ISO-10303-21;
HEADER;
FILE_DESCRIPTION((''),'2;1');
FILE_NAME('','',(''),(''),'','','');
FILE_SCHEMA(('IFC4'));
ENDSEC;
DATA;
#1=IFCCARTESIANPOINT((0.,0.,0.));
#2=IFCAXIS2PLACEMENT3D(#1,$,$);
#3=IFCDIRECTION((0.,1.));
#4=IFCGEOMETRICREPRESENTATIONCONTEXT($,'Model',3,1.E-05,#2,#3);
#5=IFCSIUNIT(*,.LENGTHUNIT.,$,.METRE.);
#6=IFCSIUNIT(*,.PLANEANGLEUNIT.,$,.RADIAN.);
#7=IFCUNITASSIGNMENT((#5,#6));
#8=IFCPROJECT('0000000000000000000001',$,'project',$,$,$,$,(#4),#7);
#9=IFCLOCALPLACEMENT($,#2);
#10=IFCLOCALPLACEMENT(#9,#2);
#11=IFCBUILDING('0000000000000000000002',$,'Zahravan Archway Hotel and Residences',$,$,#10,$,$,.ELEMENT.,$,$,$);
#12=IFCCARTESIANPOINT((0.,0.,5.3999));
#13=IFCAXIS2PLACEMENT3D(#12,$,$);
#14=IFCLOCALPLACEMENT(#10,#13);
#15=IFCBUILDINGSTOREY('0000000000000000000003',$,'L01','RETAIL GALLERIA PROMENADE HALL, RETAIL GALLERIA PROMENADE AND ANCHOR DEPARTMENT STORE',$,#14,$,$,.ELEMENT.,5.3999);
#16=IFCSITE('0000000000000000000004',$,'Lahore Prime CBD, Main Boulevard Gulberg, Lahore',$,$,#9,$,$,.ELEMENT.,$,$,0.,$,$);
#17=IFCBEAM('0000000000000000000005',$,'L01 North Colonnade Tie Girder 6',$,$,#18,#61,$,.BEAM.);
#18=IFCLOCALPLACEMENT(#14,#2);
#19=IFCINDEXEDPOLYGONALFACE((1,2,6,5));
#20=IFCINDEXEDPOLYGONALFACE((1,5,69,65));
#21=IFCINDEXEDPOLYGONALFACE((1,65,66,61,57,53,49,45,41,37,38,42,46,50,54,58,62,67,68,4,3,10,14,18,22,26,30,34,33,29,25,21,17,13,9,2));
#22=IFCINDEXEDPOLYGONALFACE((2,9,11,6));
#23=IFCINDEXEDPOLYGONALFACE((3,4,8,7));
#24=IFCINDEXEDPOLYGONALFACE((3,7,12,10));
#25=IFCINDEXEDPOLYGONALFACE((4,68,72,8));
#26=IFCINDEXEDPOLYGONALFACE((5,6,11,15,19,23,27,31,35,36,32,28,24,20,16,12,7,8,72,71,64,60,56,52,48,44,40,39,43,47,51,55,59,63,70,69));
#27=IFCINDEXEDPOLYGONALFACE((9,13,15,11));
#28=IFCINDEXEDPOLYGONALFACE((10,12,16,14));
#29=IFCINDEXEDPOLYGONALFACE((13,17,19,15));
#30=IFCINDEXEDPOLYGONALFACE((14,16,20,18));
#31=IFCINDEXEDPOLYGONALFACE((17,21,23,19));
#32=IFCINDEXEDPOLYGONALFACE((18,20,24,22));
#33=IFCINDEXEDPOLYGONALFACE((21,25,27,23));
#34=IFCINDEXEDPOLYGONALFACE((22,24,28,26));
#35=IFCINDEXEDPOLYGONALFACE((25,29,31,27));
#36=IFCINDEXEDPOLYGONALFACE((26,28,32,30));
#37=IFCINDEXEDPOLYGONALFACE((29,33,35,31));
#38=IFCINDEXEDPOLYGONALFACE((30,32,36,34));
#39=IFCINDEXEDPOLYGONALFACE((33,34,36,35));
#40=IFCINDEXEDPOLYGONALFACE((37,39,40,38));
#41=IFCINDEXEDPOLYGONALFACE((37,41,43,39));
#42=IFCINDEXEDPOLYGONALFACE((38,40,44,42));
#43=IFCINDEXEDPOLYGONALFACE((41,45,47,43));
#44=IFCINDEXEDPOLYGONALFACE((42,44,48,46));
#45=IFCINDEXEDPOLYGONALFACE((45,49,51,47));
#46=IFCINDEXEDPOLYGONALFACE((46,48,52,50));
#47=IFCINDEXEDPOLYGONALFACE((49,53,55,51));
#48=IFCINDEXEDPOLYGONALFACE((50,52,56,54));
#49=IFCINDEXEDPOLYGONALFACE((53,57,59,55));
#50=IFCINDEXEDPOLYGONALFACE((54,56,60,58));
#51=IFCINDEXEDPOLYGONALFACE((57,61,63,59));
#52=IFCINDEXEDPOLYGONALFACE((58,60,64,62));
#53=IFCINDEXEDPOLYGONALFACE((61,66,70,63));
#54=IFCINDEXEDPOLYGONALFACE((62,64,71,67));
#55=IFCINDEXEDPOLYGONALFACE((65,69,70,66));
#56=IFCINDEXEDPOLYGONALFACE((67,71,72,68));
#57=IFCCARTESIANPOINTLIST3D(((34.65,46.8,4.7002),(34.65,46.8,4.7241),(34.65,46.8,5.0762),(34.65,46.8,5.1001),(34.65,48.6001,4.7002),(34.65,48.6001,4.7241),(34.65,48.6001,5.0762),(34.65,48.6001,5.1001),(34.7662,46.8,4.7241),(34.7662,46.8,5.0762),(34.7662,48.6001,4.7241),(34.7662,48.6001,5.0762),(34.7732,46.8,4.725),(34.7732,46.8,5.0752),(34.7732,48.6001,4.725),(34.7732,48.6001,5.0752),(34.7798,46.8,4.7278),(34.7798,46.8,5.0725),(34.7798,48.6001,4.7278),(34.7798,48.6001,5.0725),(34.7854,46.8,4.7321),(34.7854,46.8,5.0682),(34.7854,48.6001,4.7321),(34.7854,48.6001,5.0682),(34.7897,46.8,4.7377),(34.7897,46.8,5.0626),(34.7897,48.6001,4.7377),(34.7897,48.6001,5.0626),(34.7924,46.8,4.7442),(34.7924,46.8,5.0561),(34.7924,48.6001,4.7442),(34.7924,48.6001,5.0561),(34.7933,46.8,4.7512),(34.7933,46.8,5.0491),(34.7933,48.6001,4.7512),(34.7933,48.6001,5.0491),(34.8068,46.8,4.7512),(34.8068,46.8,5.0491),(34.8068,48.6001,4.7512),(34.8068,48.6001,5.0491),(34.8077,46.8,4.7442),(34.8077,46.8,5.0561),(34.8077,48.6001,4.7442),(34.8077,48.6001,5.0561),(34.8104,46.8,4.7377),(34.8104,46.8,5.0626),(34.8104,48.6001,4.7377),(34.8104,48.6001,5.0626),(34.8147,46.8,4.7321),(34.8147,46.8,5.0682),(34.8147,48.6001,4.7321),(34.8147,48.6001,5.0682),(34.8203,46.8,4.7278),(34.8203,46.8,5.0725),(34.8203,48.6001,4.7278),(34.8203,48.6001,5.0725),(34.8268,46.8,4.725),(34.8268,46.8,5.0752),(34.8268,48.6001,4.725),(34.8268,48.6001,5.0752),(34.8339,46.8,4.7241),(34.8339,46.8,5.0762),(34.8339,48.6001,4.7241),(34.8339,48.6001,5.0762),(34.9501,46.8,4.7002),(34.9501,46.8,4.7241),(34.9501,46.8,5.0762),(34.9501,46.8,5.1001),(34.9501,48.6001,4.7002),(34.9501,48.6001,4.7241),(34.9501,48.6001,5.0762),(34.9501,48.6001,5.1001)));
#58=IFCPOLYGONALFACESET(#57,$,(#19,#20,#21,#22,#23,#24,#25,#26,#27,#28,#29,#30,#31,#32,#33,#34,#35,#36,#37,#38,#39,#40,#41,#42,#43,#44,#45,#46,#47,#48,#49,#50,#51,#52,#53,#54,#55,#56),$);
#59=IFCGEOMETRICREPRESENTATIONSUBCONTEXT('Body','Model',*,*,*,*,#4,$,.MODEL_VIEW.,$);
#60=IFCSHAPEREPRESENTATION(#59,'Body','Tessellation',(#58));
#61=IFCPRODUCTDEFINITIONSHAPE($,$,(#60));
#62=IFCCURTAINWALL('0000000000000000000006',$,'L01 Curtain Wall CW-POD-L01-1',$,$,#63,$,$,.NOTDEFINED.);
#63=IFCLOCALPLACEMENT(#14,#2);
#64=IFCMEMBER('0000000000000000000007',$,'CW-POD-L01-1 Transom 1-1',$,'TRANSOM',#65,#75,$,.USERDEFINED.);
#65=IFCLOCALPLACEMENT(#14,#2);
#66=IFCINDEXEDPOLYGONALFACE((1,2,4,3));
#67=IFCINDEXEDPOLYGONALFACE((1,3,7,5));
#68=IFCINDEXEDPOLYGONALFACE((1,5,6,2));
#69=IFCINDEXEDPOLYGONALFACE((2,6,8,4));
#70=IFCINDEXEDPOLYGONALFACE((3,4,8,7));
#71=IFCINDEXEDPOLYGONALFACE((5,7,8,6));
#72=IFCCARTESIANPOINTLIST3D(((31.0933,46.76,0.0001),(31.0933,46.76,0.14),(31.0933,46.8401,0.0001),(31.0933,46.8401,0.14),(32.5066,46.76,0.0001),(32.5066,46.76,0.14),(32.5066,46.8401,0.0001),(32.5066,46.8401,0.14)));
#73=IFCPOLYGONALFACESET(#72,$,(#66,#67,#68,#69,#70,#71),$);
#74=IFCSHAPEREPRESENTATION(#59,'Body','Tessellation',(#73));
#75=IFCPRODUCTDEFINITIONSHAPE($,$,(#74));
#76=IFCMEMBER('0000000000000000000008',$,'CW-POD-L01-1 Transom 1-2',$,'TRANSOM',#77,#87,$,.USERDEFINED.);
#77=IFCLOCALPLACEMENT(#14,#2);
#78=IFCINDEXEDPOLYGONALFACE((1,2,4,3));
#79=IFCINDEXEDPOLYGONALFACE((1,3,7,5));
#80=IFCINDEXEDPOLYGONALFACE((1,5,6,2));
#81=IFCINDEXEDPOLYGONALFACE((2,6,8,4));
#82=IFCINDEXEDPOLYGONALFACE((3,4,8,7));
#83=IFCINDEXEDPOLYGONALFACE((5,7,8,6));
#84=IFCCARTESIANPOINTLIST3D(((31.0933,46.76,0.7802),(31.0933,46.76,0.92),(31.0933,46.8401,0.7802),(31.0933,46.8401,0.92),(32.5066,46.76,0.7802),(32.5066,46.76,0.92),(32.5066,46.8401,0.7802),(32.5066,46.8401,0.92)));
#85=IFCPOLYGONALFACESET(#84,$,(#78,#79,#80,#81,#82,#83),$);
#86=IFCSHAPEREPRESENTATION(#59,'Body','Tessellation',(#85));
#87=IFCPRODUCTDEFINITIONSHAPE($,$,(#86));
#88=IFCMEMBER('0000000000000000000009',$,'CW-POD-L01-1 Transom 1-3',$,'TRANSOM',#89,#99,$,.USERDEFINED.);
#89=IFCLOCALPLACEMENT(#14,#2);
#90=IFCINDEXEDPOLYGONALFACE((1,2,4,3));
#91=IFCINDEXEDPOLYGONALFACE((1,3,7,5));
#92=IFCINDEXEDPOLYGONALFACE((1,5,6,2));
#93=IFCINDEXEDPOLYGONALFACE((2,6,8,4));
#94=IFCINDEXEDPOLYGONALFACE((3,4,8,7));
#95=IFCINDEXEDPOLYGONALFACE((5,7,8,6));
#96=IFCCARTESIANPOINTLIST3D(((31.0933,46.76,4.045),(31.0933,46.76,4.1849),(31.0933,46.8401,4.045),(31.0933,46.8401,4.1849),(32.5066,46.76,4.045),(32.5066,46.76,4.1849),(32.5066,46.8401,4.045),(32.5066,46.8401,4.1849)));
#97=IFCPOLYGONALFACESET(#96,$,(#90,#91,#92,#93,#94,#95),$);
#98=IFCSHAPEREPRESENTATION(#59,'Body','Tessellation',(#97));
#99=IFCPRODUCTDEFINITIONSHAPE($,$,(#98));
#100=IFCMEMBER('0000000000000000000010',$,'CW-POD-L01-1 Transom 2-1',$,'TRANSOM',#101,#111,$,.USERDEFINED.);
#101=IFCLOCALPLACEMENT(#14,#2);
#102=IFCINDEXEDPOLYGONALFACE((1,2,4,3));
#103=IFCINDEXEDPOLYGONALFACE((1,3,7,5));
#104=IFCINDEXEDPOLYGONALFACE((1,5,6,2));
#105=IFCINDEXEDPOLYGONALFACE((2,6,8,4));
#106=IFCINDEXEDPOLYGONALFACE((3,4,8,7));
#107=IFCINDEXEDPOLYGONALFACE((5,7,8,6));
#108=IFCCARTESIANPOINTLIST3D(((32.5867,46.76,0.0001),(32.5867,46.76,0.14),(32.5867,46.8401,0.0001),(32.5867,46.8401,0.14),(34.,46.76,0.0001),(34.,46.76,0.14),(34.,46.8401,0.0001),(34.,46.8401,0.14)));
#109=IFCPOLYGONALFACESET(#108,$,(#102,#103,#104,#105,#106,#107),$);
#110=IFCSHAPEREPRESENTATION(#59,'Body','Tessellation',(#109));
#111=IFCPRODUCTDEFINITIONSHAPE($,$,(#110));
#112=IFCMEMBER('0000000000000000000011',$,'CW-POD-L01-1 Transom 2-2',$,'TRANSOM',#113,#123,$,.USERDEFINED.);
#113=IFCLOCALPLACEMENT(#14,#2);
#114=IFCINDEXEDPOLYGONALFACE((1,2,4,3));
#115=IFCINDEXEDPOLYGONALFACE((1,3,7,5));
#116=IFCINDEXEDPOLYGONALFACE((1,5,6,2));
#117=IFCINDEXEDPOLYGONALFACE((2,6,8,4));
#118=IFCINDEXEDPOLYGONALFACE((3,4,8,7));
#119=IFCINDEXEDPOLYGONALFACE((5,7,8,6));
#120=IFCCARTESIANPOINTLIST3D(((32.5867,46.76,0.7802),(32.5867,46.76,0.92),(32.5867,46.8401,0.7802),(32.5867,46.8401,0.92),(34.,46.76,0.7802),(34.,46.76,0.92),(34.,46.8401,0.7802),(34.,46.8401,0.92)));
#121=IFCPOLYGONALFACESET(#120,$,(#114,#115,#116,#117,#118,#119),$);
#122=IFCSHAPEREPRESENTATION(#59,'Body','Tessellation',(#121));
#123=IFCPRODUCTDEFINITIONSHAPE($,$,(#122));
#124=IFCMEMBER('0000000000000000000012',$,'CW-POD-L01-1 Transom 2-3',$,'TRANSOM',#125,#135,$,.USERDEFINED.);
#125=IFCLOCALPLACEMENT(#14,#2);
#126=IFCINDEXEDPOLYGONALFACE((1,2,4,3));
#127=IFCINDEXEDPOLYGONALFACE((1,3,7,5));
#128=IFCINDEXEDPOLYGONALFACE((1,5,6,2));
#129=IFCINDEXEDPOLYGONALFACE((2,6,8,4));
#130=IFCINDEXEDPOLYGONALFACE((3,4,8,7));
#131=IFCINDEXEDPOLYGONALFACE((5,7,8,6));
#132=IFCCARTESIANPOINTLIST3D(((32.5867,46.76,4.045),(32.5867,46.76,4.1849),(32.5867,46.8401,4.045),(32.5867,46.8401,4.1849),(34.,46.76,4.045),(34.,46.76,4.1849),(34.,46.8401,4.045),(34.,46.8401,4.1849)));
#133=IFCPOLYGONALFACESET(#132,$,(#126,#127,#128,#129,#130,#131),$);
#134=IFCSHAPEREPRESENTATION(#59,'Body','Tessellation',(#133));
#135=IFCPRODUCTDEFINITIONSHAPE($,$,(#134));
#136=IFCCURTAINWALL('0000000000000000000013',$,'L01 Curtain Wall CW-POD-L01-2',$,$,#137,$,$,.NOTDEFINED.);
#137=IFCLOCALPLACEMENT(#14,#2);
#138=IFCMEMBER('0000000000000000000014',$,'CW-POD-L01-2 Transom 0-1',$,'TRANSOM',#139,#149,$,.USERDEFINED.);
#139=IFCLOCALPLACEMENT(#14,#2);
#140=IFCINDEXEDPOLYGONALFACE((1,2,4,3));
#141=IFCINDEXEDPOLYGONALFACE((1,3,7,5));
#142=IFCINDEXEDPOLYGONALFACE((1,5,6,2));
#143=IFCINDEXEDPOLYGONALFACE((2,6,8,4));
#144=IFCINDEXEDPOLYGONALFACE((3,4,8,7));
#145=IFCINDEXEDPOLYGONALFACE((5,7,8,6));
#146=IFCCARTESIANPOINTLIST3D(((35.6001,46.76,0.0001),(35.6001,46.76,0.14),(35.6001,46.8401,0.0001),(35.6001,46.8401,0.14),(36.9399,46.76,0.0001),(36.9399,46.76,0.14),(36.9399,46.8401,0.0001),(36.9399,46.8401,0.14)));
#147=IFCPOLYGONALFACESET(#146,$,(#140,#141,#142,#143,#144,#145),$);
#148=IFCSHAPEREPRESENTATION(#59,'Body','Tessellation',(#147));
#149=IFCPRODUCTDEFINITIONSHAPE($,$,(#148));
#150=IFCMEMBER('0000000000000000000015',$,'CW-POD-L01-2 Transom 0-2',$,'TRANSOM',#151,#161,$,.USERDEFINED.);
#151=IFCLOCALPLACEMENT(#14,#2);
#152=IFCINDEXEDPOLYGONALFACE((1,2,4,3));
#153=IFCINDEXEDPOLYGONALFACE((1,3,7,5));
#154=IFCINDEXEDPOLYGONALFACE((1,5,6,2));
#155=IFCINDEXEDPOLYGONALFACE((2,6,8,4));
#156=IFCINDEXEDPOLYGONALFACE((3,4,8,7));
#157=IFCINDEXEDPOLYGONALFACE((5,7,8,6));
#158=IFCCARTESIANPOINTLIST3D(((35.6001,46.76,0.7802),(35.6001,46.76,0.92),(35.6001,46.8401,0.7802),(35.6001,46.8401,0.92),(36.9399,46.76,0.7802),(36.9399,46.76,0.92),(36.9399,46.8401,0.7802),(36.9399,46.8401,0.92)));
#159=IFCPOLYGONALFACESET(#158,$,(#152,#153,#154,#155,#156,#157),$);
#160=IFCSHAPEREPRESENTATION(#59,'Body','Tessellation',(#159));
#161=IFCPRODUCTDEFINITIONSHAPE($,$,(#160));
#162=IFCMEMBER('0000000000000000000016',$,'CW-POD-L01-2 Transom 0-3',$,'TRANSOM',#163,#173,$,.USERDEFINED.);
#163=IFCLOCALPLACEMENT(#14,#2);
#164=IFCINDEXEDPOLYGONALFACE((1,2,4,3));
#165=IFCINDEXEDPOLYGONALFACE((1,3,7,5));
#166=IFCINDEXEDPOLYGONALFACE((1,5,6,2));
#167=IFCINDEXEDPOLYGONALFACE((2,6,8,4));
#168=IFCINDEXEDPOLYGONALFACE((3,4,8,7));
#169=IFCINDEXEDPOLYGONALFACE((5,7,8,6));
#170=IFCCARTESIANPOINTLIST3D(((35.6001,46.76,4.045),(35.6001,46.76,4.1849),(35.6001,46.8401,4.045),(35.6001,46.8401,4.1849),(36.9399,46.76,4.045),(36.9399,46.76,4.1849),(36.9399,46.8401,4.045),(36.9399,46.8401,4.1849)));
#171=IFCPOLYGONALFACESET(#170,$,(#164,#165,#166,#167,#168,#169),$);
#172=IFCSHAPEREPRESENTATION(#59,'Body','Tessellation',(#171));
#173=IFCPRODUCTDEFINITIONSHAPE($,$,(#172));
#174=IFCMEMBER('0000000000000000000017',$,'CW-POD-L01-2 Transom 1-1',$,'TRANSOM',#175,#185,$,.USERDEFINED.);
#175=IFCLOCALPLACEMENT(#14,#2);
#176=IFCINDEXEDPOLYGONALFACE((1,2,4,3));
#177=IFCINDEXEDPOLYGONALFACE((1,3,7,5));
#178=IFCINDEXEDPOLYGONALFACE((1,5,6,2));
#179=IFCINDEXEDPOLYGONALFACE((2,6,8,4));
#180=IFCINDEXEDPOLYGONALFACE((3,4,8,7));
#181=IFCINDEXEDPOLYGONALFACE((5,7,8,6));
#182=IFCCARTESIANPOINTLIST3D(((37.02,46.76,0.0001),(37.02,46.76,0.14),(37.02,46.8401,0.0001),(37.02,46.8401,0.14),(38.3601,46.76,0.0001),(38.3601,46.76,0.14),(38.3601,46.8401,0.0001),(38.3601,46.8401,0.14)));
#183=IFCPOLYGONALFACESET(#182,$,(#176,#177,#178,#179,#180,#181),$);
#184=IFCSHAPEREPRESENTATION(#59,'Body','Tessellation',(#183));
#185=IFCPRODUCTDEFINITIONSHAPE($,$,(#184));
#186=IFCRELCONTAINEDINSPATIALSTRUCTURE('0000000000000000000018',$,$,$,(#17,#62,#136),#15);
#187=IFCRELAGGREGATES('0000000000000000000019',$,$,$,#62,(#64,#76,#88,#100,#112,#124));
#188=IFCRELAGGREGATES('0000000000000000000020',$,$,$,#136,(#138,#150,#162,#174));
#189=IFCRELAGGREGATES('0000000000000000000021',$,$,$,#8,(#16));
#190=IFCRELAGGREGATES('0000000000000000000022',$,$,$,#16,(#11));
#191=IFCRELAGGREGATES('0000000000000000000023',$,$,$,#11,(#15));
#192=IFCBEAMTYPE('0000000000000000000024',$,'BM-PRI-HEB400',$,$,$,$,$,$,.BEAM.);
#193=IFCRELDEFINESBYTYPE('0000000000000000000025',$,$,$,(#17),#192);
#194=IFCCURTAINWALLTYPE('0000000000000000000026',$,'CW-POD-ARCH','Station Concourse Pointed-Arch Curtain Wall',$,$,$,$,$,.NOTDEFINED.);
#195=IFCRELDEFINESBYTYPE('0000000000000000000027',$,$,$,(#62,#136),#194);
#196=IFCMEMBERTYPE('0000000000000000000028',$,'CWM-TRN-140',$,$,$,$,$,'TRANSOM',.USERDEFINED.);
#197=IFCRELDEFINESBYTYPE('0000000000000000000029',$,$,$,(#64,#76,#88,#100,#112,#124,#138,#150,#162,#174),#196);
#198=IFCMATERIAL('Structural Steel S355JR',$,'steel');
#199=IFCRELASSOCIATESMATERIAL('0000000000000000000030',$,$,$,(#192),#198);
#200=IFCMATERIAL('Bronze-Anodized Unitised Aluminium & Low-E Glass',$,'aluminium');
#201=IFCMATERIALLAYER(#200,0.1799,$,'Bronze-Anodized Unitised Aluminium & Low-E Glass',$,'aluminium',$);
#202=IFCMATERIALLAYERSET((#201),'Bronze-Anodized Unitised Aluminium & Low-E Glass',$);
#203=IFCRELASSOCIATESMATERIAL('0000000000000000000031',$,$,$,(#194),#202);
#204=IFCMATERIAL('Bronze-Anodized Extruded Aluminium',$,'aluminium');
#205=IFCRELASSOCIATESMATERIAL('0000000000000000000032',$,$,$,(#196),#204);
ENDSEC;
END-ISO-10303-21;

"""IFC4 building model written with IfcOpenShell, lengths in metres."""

from ifc_helpers import new_model, si_unit, direction, frame, origin, origin_2d, place, context, subcontext, project, spatial, rectangle, i_section, extrude, source, transform, mapped, material, layer, layer_set, material_profile, profile_set, type_object, element, aggregate, save


model = new_model("IFC4")

# Units and contexts
model_context = context("Model", 3, precision=1e-05, world=origin(), true_north=direction((0.0, 1.0)))
body_context = subcontext(model_context, "Body", "Model", "MODEL_VIEW")
ifc_project = project(units=[si_unit("LENGTHUNIT", "METRE"), si_unit("PLANEANGLEUNIT", "RADIAN")], contexts=[model_context])

# Site, building, storey
site_placement = place(None, origin())
site = spatial("IfcSite", under=ifc_project, at=site_placement, Name="Lahore Prime CBD, Main Boulevard Gulberg, Lahore", CompositionType="ELEMENT", RefElevation=0.0)
building_placement = place(site_placement, origin())
building = spatial("IfcBuilding", under=site, at=building_placement, Name="Zahravan Archway Hotel and Residences", CompositionType="ELEMENT")
storey_placement = place(building_placement, frame((0.0, 0.0, 5.3999)))
storey = spatial("IfcBuildingStorey", under=building, at=storey_placement, Name="L01", Description="RETAIL GALLERIA PROMENADE HALL, RETAIL GALLERIA PROMENADE AND ANCHOR DEPARTMENT STORE", CompositionType="ELEMENT", Elevation=5.3999)

# Beam
ifc_material_1 = material(Name="Structural Steel S355JR", Category="steel")
ifc_material_profile_1 = material_profile(ifc_material_1, i_section(OverallWidth=0.3, OverallDepth=0.3999, WebThickness=0.0134, FlangeThickness=0.0239, FilletRadius=0.0271, at=origin_2d()), Name="HEB 400", Category="steel")
ifc_profile_set_1 = profile_set([ifc_material_profile_1], Name="Structural Steel S355JR")
beam_type_1 = type_object("IfcBeamType", Name="BM-PRI-HEB400", PredefinedType="BEAM", material=ifc_profile_set_1)
shared_shape_1 = source(origin(), body_context, "Body", "SweptSolid", [
    extrude(i_section(OverallWidth=0.3, OverallDepth=0.3999, WebThickness=0.0134, FlangeThickness=0.0239, FilletRadius=0.0271, at=origin_2d()), origin(), (0.0, 0.0, 1.0), 1.8),
])
beam_1_placement = place(storey_placement, frame((34.8, 46.8, 4.9001), z_axis=(0.0, 1.0, 0.0), x_axis=(-1.0, 0.0, 0.0)))
element("IfcBeam", 1, at=beam_1_placement, inside=storey, type_object=beam_type_1, Name="L01 North Colonnade Tie Girder 6", PredefinedType="BEAM", context=body_context, shape_type="MappedRepresentation", body=[
    mapped(shared_shape_1, transform((0.0, 0.0, 0.0), scale=1.0)),
])

# Curtain walls, members
ifc_material_2 = material(Name="Bronze-Anodized Unitised Aluminium & Low-E Glass", Category="aluminium")
ifc_layer_1 = layer(ifc_material_2, 0.1799, Name="Bronze-Anodized Unitised Aluminium & Low-E Glass", Category="aluminium")
ifc_layer_set_1 = layer_set([ifc_layer_1], Name="Bronze-Anodized Unitised Aluminium & Low-E Glass")
curtain_wall_type = type_object("IfcCurtainWallType", Name="CW-POD-ARCH", Description="Station Concourse Pointed-Arch Curtain Wall", PredefinedType="NOTDEFINED", material=ifc_layer_set_1)
curtain_wall_1_placement = place(storey_placement, origin())
curtain_wall_1 = element("IfcCurtainWall", 2, at=curtain_wall_1_placement, inside=storey, type_object=curtain_wall_type, Name="L01 Curtain Wall CW-POD-L01-1", PredefinedType="NOTDEFINED")
ifc_material_3 = material(Name="Bronze-Anodized Extruded Aluminium", Category="aluminium")
ifc_material_profile_2 = material_profile(ifc_material_3, rectangle(XDim=0.0801, YDim=0.1399, at=origin_2d()), Name="TRN 80x140", Category="aluminium")
ifc_profile_set_2 = profile_set([ifc_material_profile_2], Name="Bronze-Anodized Extruded Aluminium")
member_type_1 = type_object("IfcMemberType", Name="CWM-TRN-140", ElementType="TRANSOM", PredefinedType="USERDEFINED", material=ifc_profile_set_2)
shared_shape_2 = source(origin(), body_context, "Body", "SweptSolid", [
    extrude(rectangle(XDim=0.0801, YDim=0.1399, at=origin_2d()), origin(), (0.0, 0.0, 1.0), 1.4133),
])
member_1_placement = place(storey_placement, frame((31.0933, 46.8, 0.0701), z_axis=(1.0, 0.0, 0.0), x_axis=(0.0, 1.0, 0.0)))
member_1 = element("IfcMember", 3, at=member_1_placement, type_object=member_type_1, Name="CW-POD-L01-1 Transom 1-1", ObjectType="TRANSOM", PredefinedType="USERDEFINED", context=body_context, shape_type="MappedRepresentation", body=[
    mapped(shared_shape_2, transform((0.0, 0.0, 0.0), scale=1.0)),
])
member_2_placement = place(storey_placement, frame((31.0933, 46.8, 0.8501), z_axis=(1.0, 0.0, 0.0), x_axis=(0.0, 1.0, 0.0)))
member_2 = element("IfcMember", 4, at=member_2_placement, type_object=member_type_1, Name="CW-POD-L01-1 Transom 1-2", ObjectType="TRANSOM", PredefinedType="USERDEFINED", context=body_context, shape_type="MappedRepresentation", body=[
    mapped(shared_shape_2, transform((0.0, 0.0, 0.0), scale=1.0)),
])
member_3_placement = place(storey_placement, frame((31.0933, 46.8, 4.115), z_axis=(1.0, 0.0, 0.0), x_axis=(0.0, 1.0, 0.0)))
member_3 = element("IfcMember", 5, at=member_3_placement, type_object=member_type_1, Name="CW-POD-L01-1 Transom 1-3", ObjectType="TRANSOM", PredefinedType="USERDEFINED", context=body_context, shape_type="MappedRepresentation", body=[
    mapped(shared_shape_2, transform((0.0, 0.0, 0.0), scale=1.0)),
])
member_4_placement = place(storey_placement, frame((32.5867, 46.8, 0.0701), z_axis=(1.0, 0.0, 0.0), x_axis=(0.0, 1.0, 0.0)))
member_4 = element("IfcMember", 6, at=member_4_placement, type_object=member_type_1, Name="CW-POD-L01-1 Transom 2-1", ObjectType="TRANSOM", PredefinedType="USERDEFINED", context=body_context, shape_type="MappedRepresentation", body=[
    mapped(shared_shape_2, transform((0.0, 0.0, 0.0), scale=1.0)),
])
member_5_placement = place(storey_placement, frame((32.5867, 46.8, 0.8501), z_axis=(1.0, 0.0, 0.0), x_axis=(0.0, 1.0, 0.0)))
member_5 = element("IfcMember", 7, at=member_5_placement, type_object=member_type_1, Name="CW-POD-L01-1 Transom 2-2", ObjectType="TRANSOM", PredefinedType="USERDEFINED", context=body_context, shape_type="MappedRepresentation", body=[
    mapped(shared_shape_2, transform((0.0, 0.0, 0.0), scale=1.0)),
])
member_6_placement = place(storey_placement, frame((32.5867, 46.8, 4.115), z_axis=(1.0, 0.0, 0.0), x_axis=(0.0, 1.0, 0.0)))
member_6 = element("IfcMember", 8, at=member_6_placement, type_object=member_type_1, Name="CW-POD-L01-1 Transom 2-3", ObjectType="TRANSOM", PredefinedType="USERDEFINED", context=body_context, shape_type="MappedRepresentation", body=[
    mapped(shared_shape_2, transform((0.0, 0.0, 0.0), scale=1.0)),
])
curtain_wall_2_placement = place(storey_placement, origin())
curtain_wall_2 = element("IfcCurtainWall", 9, at=curtain_wall_2_placement, inside=storey, type_object=curtain_wall_type, Name="L01 Curtain Wall CW-POD-L01-2", PredefinedType="NOTDEFINED")
shared_shape_3 = source(origin(), body_context, "Body", "SweptSolid", [
    extrude(rectangle(XDim=0.0801, YDim=0.1399, at=origin_2d()), origin(), (0.0, 0.0, 1.0), 1.3398),
])
member_7_placement = place(storey_placement, frame((35.6001, 46.8, 0.0701), z_axis=(1.0, 0.0, 0.0), x_axis=(0.0, 1.0, 0.0)))
member_7 = element("IfcMember", 10, at=member_7_placement, type_object=member_type_1, Name="CW-POD-L01-2 Transom 0-1", ObjectType="TRANSOM", PredefinedType="USERDEFINED", context=body_context, shape_type="MappedRepresentation", body=[
    mapped(shared_shape_3, transform((0.0, 0.0, 0.0), scale=1.0)),
])
member_8_placement = place(storey_placement, frame((35.6001, 46.8, 0.8501), z_axis=(1.0, 0.0, 0.0), x_axis=(0.0, 1.0, 0.0)))
member_8 = element("IfcMember", 11, at=member_8_placement, type_object=member_type_1, Name="CW-POD-L01-2 Transom 0-2", ObjectType="TRANSOM", PredefinedType="USERDEFINED", context=body_context, shape_type="MappedRepresentation", body=[
    mapped(shared_shape_3, transform((0.0, 0.0, 0.0), scale=1.0)),
])
member_9_placement = place(storey_placement, frame((35.6001, 46.8, 4.115), z_axis=(1.0, 0.0, 0.0), x_axis=(0.0, 1.0, 0.0)))
member_9 = element("IfcMember", 12, at=member_9_placement, type_object=member_type_1, Name="CW-POD-L01-2 Transom 0-3", ObjectType="TRANSOM", PredefinedType="USERDEFINED", context=body_context, shape_type="MappedRepresentation", body=[
    mapped(shared_shape_3, transform((0.0, 0.0, 0.0), scale=1.0)),
])
shared_shape_4 = source(origin(), body_context, "Body", "SweptSolid", [
    extrude(rectangle(XDim=0.0801, YDim=0.1399, at=origin_2d()), origin(), (0.0, 0.0, 1.0), 1.3401),
])
member_10_placement = place(storey_placement, frame((37.02, 46.8, 0.0701), z_axis=(1.0, 0.0, 0.0), x_axis=(0.0, 1.0, 0.0)))
member_10 = element("IfcMember", 13, at=member_10_placement, type_object=member_type_1, Name="CW-POD-L01-2 Transom 1-1", ObjectType="TRANSOM", PredefinedType="USERDEFINED", context=body_context, shape_type="MappedRepresentation", body=[
    mapped(shared_shape_4, transform((0.0, 0.0, 0.0), scale=1.0)),
])

aggregate(curtain_wall_1, [member_1, member_2, member_3, member_4, member_5, member_6])
aggregate(curtain_wall_2, [member_7, member_8, member_9, member_10])

save(model, "model.ifc")
